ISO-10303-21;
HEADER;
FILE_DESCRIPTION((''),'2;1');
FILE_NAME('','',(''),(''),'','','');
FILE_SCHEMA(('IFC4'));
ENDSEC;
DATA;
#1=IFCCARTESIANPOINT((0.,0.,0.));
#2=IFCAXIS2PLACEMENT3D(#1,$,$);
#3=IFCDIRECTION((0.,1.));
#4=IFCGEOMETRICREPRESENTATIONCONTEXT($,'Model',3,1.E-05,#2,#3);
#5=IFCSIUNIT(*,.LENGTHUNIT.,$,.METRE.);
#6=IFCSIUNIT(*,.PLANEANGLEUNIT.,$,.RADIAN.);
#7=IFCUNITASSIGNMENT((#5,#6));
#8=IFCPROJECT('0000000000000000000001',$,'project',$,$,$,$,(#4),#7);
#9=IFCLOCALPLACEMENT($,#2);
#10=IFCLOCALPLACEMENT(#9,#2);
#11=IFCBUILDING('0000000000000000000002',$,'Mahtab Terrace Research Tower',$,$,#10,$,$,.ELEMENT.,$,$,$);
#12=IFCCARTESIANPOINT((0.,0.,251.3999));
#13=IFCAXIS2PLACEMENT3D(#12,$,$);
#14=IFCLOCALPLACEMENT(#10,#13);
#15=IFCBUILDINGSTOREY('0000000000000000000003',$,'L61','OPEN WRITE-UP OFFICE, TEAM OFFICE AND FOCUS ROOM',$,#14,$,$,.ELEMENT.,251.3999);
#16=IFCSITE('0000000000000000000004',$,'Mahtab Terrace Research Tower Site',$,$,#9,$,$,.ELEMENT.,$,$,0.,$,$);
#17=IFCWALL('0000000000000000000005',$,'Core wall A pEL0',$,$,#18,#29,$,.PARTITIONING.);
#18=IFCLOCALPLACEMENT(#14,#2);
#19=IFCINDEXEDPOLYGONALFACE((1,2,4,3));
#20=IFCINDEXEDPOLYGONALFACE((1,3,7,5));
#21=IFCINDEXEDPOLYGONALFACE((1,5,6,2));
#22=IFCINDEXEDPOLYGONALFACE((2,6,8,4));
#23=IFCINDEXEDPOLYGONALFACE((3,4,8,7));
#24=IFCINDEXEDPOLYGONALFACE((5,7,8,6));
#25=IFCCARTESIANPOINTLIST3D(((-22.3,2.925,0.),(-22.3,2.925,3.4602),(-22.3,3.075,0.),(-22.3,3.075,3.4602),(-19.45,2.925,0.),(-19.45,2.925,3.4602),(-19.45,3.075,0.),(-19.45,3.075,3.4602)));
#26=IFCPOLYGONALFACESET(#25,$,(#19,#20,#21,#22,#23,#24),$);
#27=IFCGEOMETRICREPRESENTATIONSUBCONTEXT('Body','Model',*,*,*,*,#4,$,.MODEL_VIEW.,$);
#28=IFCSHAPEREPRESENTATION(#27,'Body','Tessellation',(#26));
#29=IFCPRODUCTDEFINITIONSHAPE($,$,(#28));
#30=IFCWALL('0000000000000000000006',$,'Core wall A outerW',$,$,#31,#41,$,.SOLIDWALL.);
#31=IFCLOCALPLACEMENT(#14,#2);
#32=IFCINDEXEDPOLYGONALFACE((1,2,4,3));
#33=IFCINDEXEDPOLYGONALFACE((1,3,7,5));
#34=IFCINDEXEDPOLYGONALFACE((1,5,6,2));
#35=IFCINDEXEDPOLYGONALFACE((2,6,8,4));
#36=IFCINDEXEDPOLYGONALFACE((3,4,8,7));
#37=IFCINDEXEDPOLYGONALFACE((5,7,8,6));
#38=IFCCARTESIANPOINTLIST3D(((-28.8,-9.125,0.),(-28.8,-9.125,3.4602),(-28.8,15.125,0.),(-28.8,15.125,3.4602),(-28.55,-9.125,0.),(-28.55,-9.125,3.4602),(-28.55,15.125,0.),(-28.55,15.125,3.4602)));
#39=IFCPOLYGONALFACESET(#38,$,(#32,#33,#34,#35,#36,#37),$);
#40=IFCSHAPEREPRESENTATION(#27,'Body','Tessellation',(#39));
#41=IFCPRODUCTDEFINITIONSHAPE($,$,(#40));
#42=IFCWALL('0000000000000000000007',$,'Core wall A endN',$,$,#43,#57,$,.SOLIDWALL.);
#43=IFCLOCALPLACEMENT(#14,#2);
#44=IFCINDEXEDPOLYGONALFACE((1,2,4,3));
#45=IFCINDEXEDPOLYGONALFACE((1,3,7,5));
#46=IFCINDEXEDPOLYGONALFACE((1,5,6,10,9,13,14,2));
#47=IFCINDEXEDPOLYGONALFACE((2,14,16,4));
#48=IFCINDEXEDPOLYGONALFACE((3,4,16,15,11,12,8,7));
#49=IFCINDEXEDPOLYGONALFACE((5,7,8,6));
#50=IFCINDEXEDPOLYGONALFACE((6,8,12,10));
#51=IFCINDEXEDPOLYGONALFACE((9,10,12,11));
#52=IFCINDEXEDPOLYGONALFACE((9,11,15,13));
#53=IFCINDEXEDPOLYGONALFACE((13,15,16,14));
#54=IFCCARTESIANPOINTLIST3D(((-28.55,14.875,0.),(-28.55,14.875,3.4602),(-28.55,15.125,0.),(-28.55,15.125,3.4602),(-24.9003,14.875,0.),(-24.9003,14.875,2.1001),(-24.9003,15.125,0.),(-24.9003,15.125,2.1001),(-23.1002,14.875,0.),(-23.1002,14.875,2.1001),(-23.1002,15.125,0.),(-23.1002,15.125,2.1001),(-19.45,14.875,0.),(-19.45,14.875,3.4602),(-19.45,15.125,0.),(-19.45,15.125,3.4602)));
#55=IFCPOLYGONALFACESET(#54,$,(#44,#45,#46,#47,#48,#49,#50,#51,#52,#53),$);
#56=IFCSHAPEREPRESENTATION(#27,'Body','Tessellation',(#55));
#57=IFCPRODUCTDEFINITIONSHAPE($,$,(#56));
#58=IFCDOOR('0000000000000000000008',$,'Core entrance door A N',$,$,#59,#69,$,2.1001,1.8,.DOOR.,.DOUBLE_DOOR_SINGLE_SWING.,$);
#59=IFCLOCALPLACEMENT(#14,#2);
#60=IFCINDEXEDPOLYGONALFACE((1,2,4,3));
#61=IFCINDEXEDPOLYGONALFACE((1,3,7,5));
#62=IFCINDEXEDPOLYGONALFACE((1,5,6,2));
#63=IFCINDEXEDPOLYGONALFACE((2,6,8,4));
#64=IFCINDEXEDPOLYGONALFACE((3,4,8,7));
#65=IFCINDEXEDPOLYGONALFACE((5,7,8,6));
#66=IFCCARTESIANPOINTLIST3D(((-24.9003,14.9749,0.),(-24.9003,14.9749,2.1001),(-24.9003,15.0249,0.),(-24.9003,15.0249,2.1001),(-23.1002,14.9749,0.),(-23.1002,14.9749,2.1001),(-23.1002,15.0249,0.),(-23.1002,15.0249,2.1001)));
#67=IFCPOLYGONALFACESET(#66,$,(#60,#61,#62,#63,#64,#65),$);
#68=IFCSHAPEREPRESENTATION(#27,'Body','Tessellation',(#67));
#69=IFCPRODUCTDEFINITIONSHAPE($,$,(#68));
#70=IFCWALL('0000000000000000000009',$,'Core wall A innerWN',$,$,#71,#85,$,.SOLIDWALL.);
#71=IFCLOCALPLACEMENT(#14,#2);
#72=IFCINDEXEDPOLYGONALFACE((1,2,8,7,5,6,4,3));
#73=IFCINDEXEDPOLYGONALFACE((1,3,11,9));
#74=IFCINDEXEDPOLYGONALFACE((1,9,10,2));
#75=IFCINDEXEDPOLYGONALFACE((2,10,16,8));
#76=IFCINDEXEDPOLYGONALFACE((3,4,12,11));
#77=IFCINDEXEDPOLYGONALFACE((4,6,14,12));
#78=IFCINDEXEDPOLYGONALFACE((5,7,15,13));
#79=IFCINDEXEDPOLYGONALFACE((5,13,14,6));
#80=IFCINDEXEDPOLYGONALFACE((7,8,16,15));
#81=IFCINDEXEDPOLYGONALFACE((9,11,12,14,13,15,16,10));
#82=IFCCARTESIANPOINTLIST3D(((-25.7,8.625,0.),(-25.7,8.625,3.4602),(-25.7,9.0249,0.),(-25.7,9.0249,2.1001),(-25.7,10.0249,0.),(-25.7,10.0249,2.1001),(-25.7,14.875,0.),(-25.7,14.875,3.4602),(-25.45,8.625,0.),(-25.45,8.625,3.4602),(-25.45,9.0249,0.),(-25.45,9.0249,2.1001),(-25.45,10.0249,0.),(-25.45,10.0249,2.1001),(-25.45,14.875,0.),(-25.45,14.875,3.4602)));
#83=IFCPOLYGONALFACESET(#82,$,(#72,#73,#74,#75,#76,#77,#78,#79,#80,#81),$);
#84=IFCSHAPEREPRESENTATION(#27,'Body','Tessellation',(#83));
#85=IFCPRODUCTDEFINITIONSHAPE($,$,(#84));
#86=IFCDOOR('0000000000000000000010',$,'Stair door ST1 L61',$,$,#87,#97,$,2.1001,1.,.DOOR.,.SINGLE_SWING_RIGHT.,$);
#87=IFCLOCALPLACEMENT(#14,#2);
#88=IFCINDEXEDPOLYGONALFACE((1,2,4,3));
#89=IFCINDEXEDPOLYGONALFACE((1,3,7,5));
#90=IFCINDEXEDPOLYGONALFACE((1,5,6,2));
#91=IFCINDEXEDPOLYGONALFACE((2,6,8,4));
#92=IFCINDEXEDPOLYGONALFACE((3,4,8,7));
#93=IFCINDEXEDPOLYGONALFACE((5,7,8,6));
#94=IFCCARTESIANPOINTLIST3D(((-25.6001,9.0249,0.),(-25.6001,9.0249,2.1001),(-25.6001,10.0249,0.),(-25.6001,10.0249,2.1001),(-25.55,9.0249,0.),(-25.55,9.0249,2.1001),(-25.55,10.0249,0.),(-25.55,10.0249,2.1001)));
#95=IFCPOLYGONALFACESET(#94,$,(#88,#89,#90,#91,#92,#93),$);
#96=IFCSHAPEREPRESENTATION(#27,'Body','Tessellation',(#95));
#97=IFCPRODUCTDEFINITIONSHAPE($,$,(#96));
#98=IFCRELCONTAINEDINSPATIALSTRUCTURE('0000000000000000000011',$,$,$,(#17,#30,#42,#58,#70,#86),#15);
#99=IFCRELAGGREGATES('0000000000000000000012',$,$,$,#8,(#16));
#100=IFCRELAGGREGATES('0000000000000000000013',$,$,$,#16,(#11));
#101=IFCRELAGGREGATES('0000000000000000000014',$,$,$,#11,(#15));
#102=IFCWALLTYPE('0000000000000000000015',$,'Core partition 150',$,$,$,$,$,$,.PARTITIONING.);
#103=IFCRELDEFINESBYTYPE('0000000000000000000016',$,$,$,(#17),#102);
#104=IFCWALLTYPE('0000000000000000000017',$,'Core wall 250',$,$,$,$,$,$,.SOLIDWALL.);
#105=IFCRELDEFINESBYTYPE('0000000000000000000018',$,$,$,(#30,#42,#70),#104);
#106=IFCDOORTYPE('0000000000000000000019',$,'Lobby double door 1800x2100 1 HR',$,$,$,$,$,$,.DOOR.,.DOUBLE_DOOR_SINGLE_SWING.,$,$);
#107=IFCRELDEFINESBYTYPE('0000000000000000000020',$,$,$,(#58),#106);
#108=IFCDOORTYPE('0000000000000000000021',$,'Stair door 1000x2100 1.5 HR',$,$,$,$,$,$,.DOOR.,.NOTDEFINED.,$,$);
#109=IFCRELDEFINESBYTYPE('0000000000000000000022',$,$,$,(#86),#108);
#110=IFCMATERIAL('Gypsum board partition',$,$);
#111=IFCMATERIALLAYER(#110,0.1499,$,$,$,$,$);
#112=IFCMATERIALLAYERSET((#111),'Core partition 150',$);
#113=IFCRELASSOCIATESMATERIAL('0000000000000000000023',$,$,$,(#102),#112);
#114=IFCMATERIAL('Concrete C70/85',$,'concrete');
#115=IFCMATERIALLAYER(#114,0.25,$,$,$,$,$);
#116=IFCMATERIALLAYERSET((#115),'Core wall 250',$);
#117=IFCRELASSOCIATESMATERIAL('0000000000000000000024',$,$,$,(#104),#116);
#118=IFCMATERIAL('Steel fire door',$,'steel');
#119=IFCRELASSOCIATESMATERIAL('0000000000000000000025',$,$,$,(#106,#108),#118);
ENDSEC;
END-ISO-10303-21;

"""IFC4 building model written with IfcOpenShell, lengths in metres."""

from ifc_helpers import new_model, si_unit, direction, frame, frame_2d, origin, place, context, subcontext, project, spatial, rectangle, extrude, material, layer, layer_set, type_object, element, fill, save


model = new_model("IFC4")

# Units and contexts
model_context = context("Model", 3, precision=1e-05, world=origin(), true_north=direction((0.0, 1.0)))
body_context = subcontext(model_context, "Body", "Model", "MODEL_VIEW")
ifc_project = project(units=[si_unit("LENGTHUNIT", "METRE"), si_unit("PLANEANGLEUNIT", "RADIAN")], contexts=[model_context])

# Site, building, storey
site_placement = place(None, origin())
site = spatial("IfcSite", under=ifc_project, at=site_placement, Name="Mahtab Terrace Research Tower Site", CompositionType="ELEMENT", RefElevation=0.0)
building_placement = place(site_placement, origin())
building = spatial("IfcBuilding", under=site, at=building_placement, Name="Mahtab Terrace Research Tower", CompositionType="ELEMENT")
storey_placement = place(building_placement, frame((0.0, 0.0, 251.3999)))
storey = spatial("IfcBuildingStorey", under=building, at=storey_placement, Name="L61", Description="OPEN WRITE-UP OFFICE, TEAM OFFICE AND FOCUS ROOM", CompositionType="ELEMENT", Elevation=251.3999)

# Walls
ifc_material_1 = material(Name="Gypsum board partition")
ifc_layer_1 = layer(ifc_material_1, 0.1499)
ifc_layer_set_1 = layer_set([ifc_layer_1], Name="Core partition 150")
wall_type_1 = type_object("IfcWallType", Name="Core partition 150", PredefinedType="PARTITIONING", material=ifc_layer_set_1)
wall_1_placement = place(storey_placement, frame((-22.3, 3.0, 0.0), z_axis=(0.0, 0.0, 1.0), x_axis=(1.0, 0.0, 0.0)))
element("IfcWall", 1, at=wall_1_placement, inside=storey, type_object=wall_type_1, Name="Core wall A pEL0", PredefinedType="PARTITIONING", context=body_context, shape_type="SweptSolid", body=[
    extrude(rectangle(XDim=2.8501, YDim=0.1499, at=frame_2d((1.425, 0.0))), origin(), (0.0, 0.0, 1.0), 3.4602),
])
ifc_material_2 = material(Name="Concrete C70/85", Category="concrete")
ifc_layer_2 = layer(ifc_material_2, 0.25)
ifc_layer_set_2 = layer_set([ifc_layer_2], Name="Core wall 250")
wall_type_2 = type_object("IfcWallType", Name="Core wall 250", PredefinedType="SOLIDWALL", material=ifc_layer_set_2)
wall_2_placement = place(storey_placement, frame((-28.675, 15.125, 0.0), z_axis=(0.0, 0.0, 1.0), x_axis=(0.0, -1.0, 0.0)))
element("IfcWall", 2, at=wall_2_placement, inside=storey, type_object=wall_type_2, Name="Core wall A outerW", PredefinedType="SOLIDWALL", context=body_context, shape_type="SweptSolid", body=[
    extrude(rectangle(XDim=24.25, YDim=0.25, at=frame_2d((12.125, 0.0))), origin(), (0.0, 0.0, 1.0), 3.4602),
])

# Walls, openings, doors
wall_3_placement = place(storey_placement, frame((-28.55, 15.0, 0.0), z_axis=(0.0, 0.0, 1.0), x_axis=(1.0, 0.0, 0.0)))
wall_3 = element("IfcWall", 3, at=wall_3_placement, inside=storey, type_object=wall_type_2, Name="Core wall A endN", PredefinedType="SOLIDWALL", context=body_context, shape_type="SweptSolid", body=[
    extrude(rectangle(XDim=9.1001, YDim=0.25, at=frame_2d((4.55, 0.0))), origin(), (0.0, 0.0, 1.0), 3.4602),
])
opening_1_placement = place(wall_3_placement, frame((3.6499, 0.0, 0.0)))
opening_1 = element("IfcOpeningElement", 4, at=opening_1_placement, cuts=wall_3, PredefinedType="OPENING", context=body_context, shape_type="SweptSolid", body=[
    extrude(rectangle(XDim=1.8, YDim=2.1001, at=frame_2d((0.8999, 1.05))), frame((0.0, 0.135, 0.0), z_axis=(0.0, -1.0, 0.0), x_axis=(1.0, 0.0, 0.0)), (0.0, 0.0, 1.0), 0.27),
])
ifc_material_3 = material(Name="Steel fire door", Category="steel")
door_type_1 = type_object("IfcDoorType", Name="Lobby double door 1800x2100 1 HR", OperationType="DOUBLE_DOOR_SINGLE_SWING", PredefinedType="DOOR", material=ifc_material_3)
door_1_placement = place(opening_1_placement, origin())
door_1 = element("IfcDoor", 5, at=door_1_placement, inside=storey, type_object=door_type_1, Name="Core entrance door A N", OperationType="DOUBLE_DOOR_SINGLE_SWING", OverallHeight=2.1001, OverallWidth=1.8, PredefinedType="DOOR", context=body_context, shape_type="SweptSolid", body=[
    extrude(rectangle(XDim=1.8, YDim=2.1001, at=frame_2d((0.8999, 1.05))), frame((0.0, 0.0249, 0.0), z_axis=(0.0, -1.0, 0.0), x_axis=(1.0, 0.0, 0.0)), (0.0, 0.0, 1.0), 0.05),
])
fill(opening_1, door_1)
wall_4_placement = place(storey_placement, frame((-25.575, 14.875, 0.0), z_axis=(0.0, 0.0, 1.0), x_axis=(0.0, -1.0, 0.0)))
wall_4 = element("IfcWall", 6, at=wall_4_placement, inside=storey, type_object=wall_type_2, Name="Core wall A innerWN", PredefinedType="SOLIDWALL", context=body_context, shape_type="SweptSolid", body=[
    extrude(rectangle(XDim=6.25, YDim=0.25, at=frame_2d((3.125, 0.0))), origin(), (0.0, 0.0, 1.0), 3.4602),
])
opening_2_placement = place(wall_4_placement, frame((4.8501, 0.0, 0.0)))
opening_2 = element("IfcOpeningElement", 7, at=opening_2_placement, cuts=wall_4, PredefinedType="OPENING", context=body_context, shape_type="SweptSolid", body=[
    extrude(rectangle(XDim=1.0, YDim=2.1001, at=frame_2d((0.5, 1.05))), frame((0.0, 0.135, 0.0), z_axis=(0.0, -1.0, 0.0), x_axis=(1.0, 0.0, 0.0)), (0.0, 0.0, 1.0), 0.27),
])
door_type_2 = type_object("IfcDoorType", Name="Stair door 1000x2100 1.5 HR", OperationType="NOTDEFINED", PredefinedType="DOOR", material=ifc_material_3)
door_2_placement = place(opening_2_placement, origin())
door_2 = element("IfcDoor", 8, at=door_2_placement, inside=storey, type_object=door_type_2, Name="Stair door ST1 L61", OperationType="SINGLE_SWING_RIGHT", OverallHeight=2.1001, OverallWidth=1.0, PredefinedType="DOOR", context=body_context, shape_type="SweptSolid", body=[
    extrude(rectangle(XDim=1.0, YDim=2.1001, at=frame_2d((0.5, 1.05))), frame((0.0, 0.0249, 0.0), z_axis=(0.0, -1.0, 0.0), x_axis=(1.0, 0.0, 0.0)), (0.0, 0.0, 1.0), 0.05),
])
fill(opening_2, door_2)

save(model, "model.ifc")
